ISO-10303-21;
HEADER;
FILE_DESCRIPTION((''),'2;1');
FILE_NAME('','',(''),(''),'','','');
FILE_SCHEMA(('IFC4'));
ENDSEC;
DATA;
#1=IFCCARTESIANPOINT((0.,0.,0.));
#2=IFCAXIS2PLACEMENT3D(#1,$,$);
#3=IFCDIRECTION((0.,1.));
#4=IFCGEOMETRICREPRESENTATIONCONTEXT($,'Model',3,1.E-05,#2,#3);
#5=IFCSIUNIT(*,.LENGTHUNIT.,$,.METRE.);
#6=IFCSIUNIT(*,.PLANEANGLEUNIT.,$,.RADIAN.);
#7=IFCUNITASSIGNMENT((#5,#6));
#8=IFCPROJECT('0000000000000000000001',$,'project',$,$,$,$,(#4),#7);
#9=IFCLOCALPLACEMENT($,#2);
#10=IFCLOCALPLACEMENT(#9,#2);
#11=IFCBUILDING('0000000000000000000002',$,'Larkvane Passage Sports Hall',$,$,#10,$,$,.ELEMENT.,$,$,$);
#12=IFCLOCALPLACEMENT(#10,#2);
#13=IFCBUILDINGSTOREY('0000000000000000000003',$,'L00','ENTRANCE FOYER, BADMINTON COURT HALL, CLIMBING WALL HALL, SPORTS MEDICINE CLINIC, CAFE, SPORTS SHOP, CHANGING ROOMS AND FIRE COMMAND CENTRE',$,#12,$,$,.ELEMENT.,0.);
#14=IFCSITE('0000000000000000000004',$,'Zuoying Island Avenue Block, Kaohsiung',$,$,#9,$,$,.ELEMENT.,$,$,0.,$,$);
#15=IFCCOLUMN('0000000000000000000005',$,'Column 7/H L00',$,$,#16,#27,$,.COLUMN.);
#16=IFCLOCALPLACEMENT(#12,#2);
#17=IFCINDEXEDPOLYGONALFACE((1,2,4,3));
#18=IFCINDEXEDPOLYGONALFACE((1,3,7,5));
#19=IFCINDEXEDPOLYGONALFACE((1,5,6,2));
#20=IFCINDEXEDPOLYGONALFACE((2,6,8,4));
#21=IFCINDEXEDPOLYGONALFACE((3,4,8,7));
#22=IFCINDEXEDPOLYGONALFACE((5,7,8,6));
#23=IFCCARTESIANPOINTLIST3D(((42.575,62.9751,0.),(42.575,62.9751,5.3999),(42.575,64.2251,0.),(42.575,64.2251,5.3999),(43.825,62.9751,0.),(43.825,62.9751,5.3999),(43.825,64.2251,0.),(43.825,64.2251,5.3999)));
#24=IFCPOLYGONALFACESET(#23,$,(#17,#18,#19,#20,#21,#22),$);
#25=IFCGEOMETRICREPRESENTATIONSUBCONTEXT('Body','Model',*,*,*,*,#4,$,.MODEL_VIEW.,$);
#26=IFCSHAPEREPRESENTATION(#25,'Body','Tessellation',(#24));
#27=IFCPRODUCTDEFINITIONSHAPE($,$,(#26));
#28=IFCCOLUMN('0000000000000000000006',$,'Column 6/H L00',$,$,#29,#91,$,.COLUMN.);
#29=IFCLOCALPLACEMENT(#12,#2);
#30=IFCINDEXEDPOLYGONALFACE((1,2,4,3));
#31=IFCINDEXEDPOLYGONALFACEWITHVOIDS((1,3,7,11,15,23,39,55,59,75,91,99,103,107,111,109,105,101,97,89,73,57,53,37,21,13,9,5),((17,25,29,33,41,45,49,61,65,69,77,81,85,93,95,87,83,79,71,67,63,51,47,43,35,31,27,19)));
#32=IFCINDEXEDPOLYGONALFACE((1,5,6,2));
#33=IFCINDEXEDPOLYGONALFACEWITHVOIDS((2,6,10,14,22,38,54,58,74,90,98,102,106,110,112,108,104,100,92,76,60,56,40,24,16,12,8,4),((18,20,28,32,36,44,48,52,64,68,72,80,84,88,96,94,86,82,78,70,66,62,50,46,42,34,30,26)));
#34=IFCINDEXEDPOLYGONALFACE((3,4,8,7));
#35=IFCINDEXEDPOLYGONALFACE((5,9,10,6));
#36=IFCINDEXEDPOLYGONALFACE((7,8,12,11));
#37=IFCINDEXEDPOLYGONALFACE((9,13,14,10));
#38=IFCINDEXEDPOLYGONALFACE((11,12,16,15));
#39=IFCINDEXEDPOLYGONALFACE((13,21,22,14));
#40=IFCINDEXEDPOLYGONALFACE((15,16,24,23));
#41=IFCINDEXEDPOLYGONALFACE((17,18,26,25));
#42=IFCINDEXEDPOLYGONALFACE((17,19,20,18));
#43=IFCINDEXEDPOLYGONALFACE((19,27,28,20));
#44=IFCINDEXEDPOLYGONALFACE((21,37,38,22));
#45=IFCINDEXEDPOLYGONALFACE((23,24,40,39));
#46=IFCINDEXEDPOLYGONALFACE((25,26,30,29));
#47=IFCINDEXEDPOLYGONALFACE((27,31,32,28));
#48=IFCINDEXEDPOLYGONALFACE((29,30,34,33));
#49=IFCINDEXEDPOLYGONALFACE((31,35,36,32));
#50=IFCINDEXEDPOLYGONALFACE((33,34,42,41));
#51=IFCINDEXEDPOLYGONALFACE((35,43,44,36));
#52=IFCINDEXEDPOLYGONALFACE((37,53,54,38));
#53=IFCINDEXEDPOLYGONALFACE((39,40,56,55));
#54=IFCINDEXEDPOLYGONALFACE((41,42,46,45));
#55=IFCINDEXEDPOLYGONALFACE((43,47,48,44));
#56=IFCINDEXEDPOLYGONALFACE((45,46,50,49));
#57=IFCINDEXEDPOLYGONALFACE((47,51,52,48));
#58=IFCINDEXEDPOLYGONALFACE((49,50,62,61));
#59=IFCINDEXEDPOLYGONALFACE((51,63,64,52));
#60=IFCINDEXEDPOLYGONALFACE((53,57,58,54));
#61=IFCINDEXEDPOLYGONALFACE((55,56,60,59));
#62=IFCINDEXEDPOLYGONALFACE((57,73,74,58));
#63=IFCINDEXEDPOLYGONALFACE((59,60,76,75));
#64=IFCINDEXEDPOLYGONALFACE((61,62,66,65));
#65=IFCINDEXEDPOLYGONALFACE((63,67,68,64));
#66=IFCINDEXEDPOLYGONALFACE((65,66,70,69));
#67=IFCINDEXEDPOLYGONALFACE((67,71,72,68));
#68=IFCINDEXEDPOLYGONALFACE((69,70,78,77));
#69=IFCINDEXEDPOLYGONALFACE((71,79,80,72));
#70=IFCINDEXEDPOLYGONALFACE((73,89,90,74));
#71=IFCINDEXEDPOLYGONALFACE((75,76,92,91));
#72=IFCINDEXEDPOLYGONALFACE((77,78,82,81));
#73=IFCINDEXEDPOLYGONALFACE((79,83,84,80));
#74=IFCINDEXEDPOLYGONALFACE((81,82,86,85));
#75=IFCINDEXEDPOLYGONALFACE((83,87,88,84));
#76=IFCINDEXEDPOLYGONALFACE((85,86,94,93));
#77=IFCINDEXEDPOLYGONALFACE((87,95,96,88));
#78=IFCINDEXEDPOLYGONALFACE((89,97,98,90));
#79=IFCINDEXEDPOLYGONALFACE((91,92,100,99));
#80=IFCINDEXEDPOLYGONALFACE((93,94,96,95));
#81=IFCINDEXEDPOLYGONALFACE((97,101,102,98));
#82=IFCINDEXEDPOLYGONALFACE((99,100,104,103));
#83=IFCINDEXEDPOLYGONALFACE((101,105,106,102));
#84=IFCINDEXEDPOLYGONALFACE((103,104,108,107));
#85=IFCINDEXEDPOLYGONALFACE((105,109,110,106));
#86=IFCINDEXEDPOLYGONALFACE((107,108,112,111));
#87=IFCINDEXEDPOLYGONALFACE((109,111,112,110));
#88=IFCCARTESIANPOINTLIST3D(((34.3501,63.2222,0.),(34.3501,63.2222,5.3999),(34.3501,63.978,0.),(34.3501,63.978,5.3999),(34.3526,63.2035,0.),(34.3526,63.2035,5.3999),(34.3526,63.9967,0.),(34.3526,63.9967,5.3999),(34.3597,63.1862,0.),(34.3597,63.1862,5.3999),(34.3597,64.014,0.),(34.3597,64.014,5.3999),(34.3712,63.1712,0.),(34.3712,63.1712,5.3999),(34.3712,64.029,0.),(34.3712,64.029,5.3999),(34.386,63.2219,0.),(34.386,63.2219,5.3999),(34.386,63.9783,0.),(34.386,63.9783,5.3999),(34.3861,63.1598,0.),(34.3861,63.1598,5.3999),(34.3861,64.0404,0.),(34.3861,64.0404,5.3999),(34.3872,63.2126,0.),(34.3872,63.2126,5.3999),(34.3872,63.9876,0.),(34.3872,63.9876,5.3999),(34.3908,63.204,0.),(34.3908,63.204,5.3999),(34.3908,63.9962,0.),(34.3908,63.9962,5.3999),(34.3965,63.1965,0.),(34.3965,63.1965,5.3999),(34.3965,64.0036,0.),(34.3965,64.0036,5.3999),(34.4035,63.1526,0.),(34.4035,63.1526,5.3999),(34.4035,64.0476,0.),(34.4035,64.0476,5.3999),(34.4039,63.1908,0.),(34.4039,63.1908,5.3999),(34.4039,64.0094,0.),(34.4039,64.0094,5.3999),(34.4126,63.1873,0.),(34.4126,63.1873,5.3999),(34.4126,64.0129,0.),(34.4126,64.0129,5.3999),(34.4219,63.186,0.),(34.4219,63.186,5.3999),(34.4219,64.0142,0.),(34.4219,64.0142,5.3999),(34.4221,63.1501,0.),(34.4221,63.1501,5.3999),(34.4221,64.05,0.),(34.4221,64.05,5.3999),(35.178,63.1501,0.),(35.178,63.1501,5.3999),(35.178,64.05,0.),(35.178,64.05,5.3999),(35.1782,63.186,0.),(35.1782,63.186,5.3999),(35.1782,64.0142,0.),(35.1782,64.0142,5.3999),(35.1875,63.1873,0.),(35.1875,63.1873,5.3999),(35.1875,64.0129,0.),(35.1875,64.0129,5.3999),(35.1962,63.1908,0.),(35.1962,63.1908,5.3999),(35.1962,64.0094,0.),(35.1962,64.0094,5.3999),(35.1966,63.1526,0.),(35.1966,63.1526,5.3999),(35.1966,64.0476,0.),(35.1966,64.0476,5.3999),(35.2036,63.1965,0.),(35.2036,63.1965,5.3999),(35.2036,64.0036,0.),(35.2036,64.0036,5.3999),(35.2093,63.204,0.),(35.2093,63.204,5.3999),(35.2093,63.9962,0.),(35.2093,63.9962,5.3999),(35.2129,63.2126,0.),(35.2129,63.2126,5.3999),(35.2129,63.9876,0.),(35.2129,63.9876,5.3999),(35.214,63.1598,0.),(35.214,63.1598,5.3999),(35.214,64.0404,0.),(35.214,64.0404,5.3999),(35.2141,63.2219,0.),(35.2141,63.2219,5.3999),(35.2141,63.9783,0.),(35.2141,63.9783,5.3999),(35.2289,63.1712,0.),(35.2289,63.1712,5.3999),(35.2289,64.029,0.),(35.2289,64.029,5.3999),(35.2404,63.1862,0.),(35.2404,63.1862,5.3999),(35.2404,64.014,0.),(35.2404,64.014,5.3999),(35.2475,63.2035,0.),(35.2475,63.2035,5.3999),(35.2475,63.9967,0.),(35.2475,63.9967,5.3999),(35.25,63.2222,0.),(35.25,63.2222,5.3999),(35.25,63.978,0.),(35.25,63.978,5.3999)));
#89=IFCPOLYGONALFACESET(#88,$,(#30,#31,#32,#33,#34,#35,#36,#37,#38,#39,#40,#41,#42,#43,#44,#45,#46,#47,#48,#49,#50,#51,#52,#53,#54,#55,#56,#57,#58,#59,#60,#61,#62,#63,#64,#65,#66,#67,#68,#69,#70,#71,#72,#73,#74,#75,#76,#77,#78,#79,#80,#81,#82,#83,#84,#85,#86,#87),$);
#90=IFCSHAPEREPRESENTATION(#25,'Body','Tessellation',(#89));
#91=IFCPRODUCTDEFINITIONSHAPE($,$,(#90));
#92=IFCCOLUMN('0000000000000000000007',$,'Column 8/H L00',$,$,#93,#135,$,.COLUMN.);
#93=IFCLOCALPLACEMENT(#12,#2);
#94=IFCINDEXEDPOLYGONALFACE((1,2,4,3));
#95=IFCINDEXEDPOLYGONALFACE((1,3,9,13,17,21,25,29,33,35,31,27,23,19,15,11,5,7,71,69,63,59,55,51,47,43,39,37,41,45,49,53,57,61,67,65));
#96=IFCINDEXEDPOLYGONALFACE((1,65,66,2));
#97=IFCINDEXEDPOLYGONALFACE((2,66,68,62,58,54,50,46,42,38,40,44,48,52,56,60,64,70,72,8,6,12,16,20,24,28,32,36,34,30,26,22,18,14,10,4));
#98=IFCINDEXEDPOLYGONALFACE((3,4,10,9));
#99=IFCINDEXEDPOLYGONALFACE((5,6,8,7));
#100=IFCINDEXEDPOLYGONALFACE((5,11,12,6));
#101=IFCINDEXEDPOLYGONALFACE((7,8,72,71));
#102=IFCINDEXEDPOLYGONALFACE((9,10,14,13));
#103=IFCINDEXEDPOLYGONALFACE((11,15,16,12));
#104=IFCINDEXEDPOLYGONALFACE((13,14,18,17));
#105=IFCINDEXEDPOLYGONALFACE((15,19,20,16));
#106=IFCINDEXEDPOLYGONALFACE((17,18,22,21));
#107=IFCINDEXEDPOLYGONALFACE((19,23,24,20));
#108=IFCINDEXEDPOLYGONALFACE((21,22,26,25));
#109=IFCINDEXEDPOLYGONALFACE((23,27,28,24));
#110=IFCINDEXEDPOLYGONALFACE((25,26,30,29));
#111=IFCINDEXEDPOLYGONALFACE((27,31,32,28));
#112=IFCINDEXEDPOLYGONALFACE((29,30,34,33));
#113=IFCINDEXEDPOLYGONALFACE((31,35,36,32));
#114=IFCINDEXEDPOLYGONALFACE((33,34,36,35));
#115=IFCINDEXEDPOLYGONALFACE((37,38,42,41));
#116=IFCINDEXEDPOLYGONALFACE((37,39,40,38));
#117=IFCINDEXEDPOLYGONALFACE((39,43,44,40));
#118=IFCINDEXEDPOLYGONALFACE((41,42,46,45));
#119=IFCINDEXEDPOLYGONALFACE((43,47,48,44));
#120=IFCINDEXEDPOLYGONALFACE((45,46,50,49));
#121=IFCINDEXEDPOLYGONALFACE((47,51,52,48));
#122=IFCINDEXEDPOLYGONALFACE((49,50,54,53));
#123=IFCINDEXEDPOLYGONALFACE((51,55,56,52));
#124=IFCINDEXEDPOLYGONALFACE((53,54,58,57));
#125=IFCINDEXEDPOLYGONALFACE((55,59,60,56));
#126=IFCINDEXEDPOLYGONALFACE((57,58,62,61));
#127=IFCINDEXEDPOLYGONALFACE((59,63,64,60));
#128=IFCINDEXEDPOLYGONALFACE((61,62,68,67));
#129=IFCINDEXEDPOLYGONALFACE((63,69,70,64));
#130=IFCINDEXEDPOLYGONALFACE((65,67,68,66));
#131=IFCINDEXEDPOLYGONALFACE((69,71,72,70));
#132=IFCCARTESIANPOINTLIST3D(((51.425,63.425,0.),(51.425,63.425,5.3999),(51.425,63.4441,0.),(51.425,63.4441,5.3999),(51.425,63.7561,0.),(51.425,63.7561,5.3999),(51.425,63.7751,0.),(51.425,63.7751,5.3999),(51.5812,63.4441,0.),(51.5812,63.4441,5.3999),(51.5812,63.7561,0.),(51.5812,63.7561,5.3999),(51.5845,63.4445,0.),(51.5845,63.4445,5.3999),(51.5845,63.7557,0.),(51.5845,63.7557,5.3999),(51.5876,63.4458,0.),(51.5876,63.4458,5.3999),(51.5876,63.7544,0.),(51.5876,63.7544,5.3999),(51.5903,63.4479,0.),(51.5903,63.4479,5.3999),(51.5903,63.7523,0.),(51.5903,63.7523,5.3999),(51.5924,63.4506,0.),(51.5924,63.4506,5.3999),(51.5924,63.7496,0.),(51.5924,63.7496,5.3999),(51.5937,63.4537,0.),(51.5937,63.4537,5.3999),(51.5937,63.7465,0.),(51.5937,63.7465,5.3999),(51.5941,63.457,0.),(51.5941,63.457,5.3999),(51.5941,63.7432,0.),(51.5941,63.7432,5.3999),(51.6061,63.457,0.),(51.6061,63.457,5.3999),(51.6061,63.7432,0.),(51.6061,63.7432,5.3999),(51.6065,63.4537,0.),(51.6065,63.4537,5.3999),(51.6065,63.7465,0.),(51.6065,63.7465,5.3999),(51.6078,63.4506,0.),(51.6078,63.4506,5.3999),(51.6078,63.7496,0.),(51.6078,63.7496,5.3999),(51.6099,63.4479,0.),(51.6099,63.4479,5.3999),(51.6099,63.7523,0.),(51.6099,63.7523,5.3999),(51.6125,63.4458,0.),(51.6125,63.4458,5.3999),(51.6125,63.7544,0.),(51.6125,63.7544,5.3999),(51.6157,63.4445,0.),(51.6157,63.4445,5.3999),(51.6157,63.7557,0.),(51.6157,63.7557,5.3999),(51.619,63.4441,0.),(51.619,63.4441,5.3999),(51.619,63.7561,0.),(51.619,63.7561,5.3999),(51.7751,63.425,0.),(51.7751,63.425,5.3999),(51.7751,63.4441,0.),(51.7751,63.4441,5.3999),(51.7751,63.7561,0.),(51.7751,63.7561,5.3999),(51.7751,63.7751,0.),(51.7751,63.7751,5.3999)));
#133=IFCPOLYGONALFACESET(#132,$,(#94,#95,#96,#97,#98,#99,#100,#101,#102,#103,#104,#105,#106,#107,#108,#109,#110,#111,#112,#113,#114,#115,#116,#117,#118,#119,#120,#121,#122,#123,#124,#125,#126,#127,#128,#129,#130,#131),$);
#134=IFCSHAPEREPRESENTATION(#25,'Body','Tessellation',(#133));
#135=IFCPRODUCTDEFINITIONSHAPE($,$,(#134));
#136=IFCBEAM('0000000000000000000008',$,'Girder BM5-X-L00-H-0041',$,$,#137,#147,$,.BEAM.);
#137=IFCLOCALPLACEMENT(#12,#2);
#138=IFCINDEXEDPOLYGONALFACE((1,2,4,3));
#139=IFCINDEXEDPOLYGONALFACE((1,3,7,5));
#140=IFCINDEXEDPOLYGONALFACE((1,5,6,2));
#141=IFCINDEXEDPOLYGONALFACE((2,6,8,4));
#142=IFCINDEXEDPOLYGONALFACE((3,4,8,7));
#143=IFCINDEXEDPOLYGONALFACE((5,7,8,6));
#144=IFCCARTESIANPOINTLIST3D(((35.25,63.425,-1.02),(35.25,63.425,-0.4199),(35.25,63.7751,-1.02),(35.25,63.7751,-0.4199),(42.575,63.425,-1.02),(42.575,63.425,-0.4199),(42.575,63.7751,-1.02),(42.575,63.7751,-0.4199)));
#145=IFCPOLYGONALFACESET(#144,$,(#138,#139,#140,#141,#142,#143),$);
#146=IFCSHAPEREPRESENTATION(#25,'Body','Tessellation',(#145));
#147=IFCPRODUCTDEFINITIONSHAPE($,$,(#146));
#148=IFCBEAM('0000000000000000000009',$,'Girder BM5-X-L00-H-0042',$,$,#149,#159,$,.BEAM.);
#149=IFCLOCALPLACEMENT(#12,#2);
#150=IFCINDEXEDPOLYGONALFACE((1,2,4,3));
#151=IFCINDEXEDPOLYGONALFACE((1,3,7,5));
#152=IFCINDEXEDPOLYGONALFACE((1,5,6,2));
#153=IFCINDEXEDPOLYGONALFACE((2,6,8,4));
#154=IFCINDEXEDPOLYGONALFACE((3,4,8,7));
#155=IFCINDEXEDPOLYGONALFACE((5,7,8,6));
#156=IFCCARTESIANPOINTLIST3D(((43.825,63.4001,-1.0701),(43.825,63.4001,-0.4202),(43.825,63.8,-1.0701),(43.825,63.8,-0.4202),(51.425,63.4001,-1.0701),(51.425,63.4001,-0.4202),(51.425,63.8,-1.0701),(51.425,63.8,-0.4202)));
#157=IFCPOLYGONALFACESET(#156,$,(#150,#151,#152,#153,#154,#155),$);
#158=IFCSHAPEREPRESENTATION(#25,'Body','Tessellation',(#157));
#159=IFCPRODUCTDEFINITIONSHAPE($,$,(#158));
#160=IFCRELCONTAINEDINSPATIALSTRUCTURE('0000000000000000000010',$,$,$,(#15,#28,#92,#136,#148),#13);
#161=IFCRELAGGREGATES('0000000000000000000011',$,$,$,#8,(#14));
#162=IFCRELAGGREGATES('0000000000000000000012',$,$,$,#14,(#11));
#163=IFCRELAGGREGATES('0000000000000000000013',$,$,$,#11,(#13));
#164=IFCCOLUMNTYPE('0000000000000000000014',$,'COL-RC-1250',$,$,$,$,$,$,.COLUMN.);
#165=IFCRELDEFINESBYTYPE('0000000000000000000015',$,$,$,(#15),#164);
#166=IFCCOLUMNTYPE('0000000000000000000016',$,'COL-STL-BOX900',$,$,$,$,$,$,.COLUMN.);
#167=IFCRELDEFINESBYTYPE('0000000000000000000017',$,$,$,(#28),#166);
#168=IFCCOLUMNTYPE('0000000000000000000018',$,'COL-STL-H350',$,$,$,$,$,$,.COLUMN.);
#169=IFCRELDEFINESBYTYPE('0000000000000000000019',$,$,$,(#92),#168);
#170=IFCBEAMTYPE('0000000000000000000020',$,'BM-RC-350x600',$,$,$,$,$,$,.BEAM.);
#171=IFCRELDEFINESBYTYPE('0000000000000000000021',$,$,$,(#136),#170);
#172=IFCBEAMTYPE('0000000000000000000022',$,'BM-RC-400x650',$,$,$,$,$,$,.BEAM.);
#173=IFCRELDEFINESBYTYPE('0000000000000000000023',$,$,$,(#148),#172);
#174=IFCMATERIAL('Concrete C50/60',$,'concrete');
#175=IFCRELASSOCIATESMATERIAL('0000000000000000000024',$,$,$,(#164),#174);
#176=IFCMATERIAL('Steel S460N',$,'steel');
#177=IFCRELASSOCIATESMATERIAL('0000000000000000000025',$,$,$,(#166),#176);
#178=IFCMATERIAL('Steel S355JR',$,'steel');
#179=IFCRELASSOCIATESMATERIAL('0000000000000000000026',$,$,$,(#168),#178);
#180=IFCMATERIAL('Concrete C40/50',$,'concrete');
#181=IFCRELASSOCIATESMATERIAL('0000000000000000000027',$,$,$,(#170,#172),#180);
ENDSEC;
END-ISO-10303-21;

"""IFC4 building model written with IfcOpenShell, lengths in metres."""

from ifc_helpers import new_model, si_unit, direction, frame, origin, origin_2d, place, context, subcontext, project, spatial, rectangle, hollow_rectangle, i_section, extrude, material, material_profile, profile_set, type_object, element, save


model = new_model("IFC4")

# Units and contexts
model_context = context("Model", 3, precision=1e-05, world=origin(), true_north=direction((0.0, 1.0)))
body_context = subcontext(model_context, "Body", "Model", "MODEL_VIEW")
ifc_project = project(units=[si_unit("LENGTHUNIT", "METRE"), si_unit("PLANEANGLEUNIT", "RADIAN")], contexts=[model_context])

# Site, building, storey
site_placement = place(None, origin())
site = spatial("IfcSite", under=ifc_project, at=site_placement, Name="Zuoying Island Avenue Block, Kaohsiung", CompositionType="ELEMENT", RefElevation=0.0)
building_placement = place(site_placement, origin())
building = spatial("IfcBuilding", under=site, at=building_placement, Name="Larkvane Passage Sports Hall", CompositionType="ELEMENT")
storey_placement = place(building_placement, origin())
storey = spatial("IfcBuildingStorey", under=building, at=storey_placement, Name="L00", Description="ENTRANCE FOYER, BADMINTON COURT HALL, CLIMBING WALL HALL, SPORTS MEDICINE CLINIC, CAFE, SPORTS SHOP, CHANGING ROOMS AND FIRE COMMAND CENTRE", CompositionType="ELEMENT", Elevation=0.0)

# Columns
ifc_material_1 = material(Name="Concrete C50/60", Category="concrete")
ifc_material_profile_1 = material_profile(ifc_material_1, rectangle(XDim=1.25, YDim=1.25, at=origin_2d()), Name="RC-COL-1250x1250")
ifc_profile_set_1 = profile_set([ifc_material_profile_1], Name="Concrete C50/60")
column_type_1 = type_object("IfcColumnType", Name="COL-RC-1250", PredefinedType="COLUMN", material=ifc_profile_set_1)
column_1_placement = place(storey_placement, frame((43.2, 63.6001, 0.0), z_axis=(0.0, 0.0, 1.0), x_axis=(1.0, 0.0, 0.0)))
element("IfcColumn", 1, at=column_1_placement, inside=storey, type_object=column_type_1, Name="Column 7/H L00", PredefinedType="COLUMN", context=body_context, shape_type="SweptSolid", body=[
    extrude(rectangle(XDim=1.25, YDim=1.25, at=origin_2d()), origin(), (0.0, 0.0, 1.0), 5.3999),
])
ifc_material_2 = material(Name="Steel S460N", Category="steel")
ifc_material_profile_2 = material_profile(ifc_material_2, hollow_rectangle(XDim=0.8999, YDim=0.8999, WallThickness=0.0359, InnerFilletRadius=0.0359, OuterFilletRadius=0.072, at=origin_2d()), Name="BOX-900x900x36")
ifc_profile_set_2 = profile_set([ifc_material_profile_2], Name="Steel S460N")
column_type_2 = type_object("IfcColumnType", Name="COL-STL-BOX900", PredefinedType="COLUMN", material=ifc_profile_set_2)
column_2_placement = place(storey_placement, frame((34.8, 63.6001, 0.0), z_axis=(0.0, 0.0, 1.0), x_axis=(1.0, 0.0, 0.0)))
element("IfcColumn", 2, at=column_2_placement, inside=storey, type_object=column_type_2, Name="Column 6/H L00", PredefinedType="COLUMN", context=body_context, shape_type="SweptSolid", body=[
    extrude(hollow_rectangle(XDim=0.8999, YDim=0.8999, WallThickness=0.0359, InnerFilletRadius=0.0359, OuterFilletRadius=0.072, at=origin_2d()), origin(), (0.0, 0.0, 1.0), 5.3999),
])
ifc_material_3 = material(Name="Steel S355JR", Category="steel")
ifc_material_profile_3 = material_profile(ifc_material_3, i_section(OverallWidth=0.3501, OverallDepth=0.3501, WebThickness=0.012, FlangeThickness=0.019, FilletRadius=0.0129, at=origin_2d()), Name="H-350x350x12x19")
ifc_profile_set_3 = profile_set([ifc_material_profile_3], Name="Steel S355JR")
column_type_3 = type_object("IfcColumnType", Name="COL-STL-H350", PredefinedType="COLUMN", material=ifc_profile_set_3)
column_3_placement = place(storey_placement, frame((51.6001, 63.6001, 0.0), z_axis=(0.0, 0.0, 1.0), x_axis=(1.0, 0.0, 0.0)))
element("IfcColumn", 3, at=column_3_placement, inside=storey, type_object=column_type_3, Name="Column 8/H L00", PredefinedType="COLUMN", context=body_context, shape_type="SweptSolid", body=[
    extrude(i_section(OverallWidth=0.3501, OverallDepth=0.3501, WebThickness=0.012, FlangeThickness=0.019, FilletRadius=0.0129, at=origin_2d()), origin(), (0.0, 0.0, 1.0), 5.3999),
])

# Beams
ifc_material_4 = material(Name="Concrete C40/50", Category="concrete")
ifc_material_profile_4 = material_profile(ifc_material_4, rectangle(XDim=0.3501, YDim=0.6001, at=origin_2d()), Name="RC-BM-350x600")
ifc_profile_set_4 = profile_set([ifc_material_profile_4], Name="Concrete C40/50")
beam_type_1 = type_object("IfcBeamType", Name="BM-RC-350x600", PredefinedType="BEAM", material=ifc_profile_set_4)
beam_1_placement = place(storey_placement, frame((35.25, 63.6001, -0.72), z_axis=(1.0, 0.0, 0.0), x_axis=(0.0, 1.0, 0.0)))
element("IfcBeam", 4, at=beam_1_placement, inside=storey, type_object=beam_type_1, Name="Girder BM5-X-L00-H-0041", PredefinedType="BEAM", context=body_context, shape_type="SweptSolid", body=[
    extrude(rectangle(XDim=0.3501, YDim=0.6001, at=origin_2d()), origin(), (0.0, 0.0, 1.0), 7.325),
])
ifc_material_profile_5 = material_profile(ifc_material_4, rectangle(XDim=0.3999, YDim=0.6499, at=origin_2d()), Name="RC-BM-400x650")
ifc_profile_set_5 = profile_set([ifc_material_profile_5], Name="Concrete C40/50")
beam_type_2 = type_object("IfcBeamType", Name="BM-RC-400x650", PredefinedType="BEAM", material=ifc_profile_set_5)
beam_2_placement = place(storey_placement, frame((43.825, 63.6001, -0.7451), z_axis=(1.0, 0.0, 0.0), x_axis=(0.0, 1.0, 0.0)))
element("IfcBeam", 5, at=beam_2_placement, inside=storey, type_object=beam_type_2, Name="Girder BM5-X-L00-H-0042", PredefinedType="BEAM", context=body_context, shape_type="SweptSolid", body=[
    extrude(rectangle(XDim=0.3999, YDim=0.6499, at=origin_2d()), origin(), (0.0, 0.0, 1.0), 7.6001),
])

save(model, "model.ifc")
